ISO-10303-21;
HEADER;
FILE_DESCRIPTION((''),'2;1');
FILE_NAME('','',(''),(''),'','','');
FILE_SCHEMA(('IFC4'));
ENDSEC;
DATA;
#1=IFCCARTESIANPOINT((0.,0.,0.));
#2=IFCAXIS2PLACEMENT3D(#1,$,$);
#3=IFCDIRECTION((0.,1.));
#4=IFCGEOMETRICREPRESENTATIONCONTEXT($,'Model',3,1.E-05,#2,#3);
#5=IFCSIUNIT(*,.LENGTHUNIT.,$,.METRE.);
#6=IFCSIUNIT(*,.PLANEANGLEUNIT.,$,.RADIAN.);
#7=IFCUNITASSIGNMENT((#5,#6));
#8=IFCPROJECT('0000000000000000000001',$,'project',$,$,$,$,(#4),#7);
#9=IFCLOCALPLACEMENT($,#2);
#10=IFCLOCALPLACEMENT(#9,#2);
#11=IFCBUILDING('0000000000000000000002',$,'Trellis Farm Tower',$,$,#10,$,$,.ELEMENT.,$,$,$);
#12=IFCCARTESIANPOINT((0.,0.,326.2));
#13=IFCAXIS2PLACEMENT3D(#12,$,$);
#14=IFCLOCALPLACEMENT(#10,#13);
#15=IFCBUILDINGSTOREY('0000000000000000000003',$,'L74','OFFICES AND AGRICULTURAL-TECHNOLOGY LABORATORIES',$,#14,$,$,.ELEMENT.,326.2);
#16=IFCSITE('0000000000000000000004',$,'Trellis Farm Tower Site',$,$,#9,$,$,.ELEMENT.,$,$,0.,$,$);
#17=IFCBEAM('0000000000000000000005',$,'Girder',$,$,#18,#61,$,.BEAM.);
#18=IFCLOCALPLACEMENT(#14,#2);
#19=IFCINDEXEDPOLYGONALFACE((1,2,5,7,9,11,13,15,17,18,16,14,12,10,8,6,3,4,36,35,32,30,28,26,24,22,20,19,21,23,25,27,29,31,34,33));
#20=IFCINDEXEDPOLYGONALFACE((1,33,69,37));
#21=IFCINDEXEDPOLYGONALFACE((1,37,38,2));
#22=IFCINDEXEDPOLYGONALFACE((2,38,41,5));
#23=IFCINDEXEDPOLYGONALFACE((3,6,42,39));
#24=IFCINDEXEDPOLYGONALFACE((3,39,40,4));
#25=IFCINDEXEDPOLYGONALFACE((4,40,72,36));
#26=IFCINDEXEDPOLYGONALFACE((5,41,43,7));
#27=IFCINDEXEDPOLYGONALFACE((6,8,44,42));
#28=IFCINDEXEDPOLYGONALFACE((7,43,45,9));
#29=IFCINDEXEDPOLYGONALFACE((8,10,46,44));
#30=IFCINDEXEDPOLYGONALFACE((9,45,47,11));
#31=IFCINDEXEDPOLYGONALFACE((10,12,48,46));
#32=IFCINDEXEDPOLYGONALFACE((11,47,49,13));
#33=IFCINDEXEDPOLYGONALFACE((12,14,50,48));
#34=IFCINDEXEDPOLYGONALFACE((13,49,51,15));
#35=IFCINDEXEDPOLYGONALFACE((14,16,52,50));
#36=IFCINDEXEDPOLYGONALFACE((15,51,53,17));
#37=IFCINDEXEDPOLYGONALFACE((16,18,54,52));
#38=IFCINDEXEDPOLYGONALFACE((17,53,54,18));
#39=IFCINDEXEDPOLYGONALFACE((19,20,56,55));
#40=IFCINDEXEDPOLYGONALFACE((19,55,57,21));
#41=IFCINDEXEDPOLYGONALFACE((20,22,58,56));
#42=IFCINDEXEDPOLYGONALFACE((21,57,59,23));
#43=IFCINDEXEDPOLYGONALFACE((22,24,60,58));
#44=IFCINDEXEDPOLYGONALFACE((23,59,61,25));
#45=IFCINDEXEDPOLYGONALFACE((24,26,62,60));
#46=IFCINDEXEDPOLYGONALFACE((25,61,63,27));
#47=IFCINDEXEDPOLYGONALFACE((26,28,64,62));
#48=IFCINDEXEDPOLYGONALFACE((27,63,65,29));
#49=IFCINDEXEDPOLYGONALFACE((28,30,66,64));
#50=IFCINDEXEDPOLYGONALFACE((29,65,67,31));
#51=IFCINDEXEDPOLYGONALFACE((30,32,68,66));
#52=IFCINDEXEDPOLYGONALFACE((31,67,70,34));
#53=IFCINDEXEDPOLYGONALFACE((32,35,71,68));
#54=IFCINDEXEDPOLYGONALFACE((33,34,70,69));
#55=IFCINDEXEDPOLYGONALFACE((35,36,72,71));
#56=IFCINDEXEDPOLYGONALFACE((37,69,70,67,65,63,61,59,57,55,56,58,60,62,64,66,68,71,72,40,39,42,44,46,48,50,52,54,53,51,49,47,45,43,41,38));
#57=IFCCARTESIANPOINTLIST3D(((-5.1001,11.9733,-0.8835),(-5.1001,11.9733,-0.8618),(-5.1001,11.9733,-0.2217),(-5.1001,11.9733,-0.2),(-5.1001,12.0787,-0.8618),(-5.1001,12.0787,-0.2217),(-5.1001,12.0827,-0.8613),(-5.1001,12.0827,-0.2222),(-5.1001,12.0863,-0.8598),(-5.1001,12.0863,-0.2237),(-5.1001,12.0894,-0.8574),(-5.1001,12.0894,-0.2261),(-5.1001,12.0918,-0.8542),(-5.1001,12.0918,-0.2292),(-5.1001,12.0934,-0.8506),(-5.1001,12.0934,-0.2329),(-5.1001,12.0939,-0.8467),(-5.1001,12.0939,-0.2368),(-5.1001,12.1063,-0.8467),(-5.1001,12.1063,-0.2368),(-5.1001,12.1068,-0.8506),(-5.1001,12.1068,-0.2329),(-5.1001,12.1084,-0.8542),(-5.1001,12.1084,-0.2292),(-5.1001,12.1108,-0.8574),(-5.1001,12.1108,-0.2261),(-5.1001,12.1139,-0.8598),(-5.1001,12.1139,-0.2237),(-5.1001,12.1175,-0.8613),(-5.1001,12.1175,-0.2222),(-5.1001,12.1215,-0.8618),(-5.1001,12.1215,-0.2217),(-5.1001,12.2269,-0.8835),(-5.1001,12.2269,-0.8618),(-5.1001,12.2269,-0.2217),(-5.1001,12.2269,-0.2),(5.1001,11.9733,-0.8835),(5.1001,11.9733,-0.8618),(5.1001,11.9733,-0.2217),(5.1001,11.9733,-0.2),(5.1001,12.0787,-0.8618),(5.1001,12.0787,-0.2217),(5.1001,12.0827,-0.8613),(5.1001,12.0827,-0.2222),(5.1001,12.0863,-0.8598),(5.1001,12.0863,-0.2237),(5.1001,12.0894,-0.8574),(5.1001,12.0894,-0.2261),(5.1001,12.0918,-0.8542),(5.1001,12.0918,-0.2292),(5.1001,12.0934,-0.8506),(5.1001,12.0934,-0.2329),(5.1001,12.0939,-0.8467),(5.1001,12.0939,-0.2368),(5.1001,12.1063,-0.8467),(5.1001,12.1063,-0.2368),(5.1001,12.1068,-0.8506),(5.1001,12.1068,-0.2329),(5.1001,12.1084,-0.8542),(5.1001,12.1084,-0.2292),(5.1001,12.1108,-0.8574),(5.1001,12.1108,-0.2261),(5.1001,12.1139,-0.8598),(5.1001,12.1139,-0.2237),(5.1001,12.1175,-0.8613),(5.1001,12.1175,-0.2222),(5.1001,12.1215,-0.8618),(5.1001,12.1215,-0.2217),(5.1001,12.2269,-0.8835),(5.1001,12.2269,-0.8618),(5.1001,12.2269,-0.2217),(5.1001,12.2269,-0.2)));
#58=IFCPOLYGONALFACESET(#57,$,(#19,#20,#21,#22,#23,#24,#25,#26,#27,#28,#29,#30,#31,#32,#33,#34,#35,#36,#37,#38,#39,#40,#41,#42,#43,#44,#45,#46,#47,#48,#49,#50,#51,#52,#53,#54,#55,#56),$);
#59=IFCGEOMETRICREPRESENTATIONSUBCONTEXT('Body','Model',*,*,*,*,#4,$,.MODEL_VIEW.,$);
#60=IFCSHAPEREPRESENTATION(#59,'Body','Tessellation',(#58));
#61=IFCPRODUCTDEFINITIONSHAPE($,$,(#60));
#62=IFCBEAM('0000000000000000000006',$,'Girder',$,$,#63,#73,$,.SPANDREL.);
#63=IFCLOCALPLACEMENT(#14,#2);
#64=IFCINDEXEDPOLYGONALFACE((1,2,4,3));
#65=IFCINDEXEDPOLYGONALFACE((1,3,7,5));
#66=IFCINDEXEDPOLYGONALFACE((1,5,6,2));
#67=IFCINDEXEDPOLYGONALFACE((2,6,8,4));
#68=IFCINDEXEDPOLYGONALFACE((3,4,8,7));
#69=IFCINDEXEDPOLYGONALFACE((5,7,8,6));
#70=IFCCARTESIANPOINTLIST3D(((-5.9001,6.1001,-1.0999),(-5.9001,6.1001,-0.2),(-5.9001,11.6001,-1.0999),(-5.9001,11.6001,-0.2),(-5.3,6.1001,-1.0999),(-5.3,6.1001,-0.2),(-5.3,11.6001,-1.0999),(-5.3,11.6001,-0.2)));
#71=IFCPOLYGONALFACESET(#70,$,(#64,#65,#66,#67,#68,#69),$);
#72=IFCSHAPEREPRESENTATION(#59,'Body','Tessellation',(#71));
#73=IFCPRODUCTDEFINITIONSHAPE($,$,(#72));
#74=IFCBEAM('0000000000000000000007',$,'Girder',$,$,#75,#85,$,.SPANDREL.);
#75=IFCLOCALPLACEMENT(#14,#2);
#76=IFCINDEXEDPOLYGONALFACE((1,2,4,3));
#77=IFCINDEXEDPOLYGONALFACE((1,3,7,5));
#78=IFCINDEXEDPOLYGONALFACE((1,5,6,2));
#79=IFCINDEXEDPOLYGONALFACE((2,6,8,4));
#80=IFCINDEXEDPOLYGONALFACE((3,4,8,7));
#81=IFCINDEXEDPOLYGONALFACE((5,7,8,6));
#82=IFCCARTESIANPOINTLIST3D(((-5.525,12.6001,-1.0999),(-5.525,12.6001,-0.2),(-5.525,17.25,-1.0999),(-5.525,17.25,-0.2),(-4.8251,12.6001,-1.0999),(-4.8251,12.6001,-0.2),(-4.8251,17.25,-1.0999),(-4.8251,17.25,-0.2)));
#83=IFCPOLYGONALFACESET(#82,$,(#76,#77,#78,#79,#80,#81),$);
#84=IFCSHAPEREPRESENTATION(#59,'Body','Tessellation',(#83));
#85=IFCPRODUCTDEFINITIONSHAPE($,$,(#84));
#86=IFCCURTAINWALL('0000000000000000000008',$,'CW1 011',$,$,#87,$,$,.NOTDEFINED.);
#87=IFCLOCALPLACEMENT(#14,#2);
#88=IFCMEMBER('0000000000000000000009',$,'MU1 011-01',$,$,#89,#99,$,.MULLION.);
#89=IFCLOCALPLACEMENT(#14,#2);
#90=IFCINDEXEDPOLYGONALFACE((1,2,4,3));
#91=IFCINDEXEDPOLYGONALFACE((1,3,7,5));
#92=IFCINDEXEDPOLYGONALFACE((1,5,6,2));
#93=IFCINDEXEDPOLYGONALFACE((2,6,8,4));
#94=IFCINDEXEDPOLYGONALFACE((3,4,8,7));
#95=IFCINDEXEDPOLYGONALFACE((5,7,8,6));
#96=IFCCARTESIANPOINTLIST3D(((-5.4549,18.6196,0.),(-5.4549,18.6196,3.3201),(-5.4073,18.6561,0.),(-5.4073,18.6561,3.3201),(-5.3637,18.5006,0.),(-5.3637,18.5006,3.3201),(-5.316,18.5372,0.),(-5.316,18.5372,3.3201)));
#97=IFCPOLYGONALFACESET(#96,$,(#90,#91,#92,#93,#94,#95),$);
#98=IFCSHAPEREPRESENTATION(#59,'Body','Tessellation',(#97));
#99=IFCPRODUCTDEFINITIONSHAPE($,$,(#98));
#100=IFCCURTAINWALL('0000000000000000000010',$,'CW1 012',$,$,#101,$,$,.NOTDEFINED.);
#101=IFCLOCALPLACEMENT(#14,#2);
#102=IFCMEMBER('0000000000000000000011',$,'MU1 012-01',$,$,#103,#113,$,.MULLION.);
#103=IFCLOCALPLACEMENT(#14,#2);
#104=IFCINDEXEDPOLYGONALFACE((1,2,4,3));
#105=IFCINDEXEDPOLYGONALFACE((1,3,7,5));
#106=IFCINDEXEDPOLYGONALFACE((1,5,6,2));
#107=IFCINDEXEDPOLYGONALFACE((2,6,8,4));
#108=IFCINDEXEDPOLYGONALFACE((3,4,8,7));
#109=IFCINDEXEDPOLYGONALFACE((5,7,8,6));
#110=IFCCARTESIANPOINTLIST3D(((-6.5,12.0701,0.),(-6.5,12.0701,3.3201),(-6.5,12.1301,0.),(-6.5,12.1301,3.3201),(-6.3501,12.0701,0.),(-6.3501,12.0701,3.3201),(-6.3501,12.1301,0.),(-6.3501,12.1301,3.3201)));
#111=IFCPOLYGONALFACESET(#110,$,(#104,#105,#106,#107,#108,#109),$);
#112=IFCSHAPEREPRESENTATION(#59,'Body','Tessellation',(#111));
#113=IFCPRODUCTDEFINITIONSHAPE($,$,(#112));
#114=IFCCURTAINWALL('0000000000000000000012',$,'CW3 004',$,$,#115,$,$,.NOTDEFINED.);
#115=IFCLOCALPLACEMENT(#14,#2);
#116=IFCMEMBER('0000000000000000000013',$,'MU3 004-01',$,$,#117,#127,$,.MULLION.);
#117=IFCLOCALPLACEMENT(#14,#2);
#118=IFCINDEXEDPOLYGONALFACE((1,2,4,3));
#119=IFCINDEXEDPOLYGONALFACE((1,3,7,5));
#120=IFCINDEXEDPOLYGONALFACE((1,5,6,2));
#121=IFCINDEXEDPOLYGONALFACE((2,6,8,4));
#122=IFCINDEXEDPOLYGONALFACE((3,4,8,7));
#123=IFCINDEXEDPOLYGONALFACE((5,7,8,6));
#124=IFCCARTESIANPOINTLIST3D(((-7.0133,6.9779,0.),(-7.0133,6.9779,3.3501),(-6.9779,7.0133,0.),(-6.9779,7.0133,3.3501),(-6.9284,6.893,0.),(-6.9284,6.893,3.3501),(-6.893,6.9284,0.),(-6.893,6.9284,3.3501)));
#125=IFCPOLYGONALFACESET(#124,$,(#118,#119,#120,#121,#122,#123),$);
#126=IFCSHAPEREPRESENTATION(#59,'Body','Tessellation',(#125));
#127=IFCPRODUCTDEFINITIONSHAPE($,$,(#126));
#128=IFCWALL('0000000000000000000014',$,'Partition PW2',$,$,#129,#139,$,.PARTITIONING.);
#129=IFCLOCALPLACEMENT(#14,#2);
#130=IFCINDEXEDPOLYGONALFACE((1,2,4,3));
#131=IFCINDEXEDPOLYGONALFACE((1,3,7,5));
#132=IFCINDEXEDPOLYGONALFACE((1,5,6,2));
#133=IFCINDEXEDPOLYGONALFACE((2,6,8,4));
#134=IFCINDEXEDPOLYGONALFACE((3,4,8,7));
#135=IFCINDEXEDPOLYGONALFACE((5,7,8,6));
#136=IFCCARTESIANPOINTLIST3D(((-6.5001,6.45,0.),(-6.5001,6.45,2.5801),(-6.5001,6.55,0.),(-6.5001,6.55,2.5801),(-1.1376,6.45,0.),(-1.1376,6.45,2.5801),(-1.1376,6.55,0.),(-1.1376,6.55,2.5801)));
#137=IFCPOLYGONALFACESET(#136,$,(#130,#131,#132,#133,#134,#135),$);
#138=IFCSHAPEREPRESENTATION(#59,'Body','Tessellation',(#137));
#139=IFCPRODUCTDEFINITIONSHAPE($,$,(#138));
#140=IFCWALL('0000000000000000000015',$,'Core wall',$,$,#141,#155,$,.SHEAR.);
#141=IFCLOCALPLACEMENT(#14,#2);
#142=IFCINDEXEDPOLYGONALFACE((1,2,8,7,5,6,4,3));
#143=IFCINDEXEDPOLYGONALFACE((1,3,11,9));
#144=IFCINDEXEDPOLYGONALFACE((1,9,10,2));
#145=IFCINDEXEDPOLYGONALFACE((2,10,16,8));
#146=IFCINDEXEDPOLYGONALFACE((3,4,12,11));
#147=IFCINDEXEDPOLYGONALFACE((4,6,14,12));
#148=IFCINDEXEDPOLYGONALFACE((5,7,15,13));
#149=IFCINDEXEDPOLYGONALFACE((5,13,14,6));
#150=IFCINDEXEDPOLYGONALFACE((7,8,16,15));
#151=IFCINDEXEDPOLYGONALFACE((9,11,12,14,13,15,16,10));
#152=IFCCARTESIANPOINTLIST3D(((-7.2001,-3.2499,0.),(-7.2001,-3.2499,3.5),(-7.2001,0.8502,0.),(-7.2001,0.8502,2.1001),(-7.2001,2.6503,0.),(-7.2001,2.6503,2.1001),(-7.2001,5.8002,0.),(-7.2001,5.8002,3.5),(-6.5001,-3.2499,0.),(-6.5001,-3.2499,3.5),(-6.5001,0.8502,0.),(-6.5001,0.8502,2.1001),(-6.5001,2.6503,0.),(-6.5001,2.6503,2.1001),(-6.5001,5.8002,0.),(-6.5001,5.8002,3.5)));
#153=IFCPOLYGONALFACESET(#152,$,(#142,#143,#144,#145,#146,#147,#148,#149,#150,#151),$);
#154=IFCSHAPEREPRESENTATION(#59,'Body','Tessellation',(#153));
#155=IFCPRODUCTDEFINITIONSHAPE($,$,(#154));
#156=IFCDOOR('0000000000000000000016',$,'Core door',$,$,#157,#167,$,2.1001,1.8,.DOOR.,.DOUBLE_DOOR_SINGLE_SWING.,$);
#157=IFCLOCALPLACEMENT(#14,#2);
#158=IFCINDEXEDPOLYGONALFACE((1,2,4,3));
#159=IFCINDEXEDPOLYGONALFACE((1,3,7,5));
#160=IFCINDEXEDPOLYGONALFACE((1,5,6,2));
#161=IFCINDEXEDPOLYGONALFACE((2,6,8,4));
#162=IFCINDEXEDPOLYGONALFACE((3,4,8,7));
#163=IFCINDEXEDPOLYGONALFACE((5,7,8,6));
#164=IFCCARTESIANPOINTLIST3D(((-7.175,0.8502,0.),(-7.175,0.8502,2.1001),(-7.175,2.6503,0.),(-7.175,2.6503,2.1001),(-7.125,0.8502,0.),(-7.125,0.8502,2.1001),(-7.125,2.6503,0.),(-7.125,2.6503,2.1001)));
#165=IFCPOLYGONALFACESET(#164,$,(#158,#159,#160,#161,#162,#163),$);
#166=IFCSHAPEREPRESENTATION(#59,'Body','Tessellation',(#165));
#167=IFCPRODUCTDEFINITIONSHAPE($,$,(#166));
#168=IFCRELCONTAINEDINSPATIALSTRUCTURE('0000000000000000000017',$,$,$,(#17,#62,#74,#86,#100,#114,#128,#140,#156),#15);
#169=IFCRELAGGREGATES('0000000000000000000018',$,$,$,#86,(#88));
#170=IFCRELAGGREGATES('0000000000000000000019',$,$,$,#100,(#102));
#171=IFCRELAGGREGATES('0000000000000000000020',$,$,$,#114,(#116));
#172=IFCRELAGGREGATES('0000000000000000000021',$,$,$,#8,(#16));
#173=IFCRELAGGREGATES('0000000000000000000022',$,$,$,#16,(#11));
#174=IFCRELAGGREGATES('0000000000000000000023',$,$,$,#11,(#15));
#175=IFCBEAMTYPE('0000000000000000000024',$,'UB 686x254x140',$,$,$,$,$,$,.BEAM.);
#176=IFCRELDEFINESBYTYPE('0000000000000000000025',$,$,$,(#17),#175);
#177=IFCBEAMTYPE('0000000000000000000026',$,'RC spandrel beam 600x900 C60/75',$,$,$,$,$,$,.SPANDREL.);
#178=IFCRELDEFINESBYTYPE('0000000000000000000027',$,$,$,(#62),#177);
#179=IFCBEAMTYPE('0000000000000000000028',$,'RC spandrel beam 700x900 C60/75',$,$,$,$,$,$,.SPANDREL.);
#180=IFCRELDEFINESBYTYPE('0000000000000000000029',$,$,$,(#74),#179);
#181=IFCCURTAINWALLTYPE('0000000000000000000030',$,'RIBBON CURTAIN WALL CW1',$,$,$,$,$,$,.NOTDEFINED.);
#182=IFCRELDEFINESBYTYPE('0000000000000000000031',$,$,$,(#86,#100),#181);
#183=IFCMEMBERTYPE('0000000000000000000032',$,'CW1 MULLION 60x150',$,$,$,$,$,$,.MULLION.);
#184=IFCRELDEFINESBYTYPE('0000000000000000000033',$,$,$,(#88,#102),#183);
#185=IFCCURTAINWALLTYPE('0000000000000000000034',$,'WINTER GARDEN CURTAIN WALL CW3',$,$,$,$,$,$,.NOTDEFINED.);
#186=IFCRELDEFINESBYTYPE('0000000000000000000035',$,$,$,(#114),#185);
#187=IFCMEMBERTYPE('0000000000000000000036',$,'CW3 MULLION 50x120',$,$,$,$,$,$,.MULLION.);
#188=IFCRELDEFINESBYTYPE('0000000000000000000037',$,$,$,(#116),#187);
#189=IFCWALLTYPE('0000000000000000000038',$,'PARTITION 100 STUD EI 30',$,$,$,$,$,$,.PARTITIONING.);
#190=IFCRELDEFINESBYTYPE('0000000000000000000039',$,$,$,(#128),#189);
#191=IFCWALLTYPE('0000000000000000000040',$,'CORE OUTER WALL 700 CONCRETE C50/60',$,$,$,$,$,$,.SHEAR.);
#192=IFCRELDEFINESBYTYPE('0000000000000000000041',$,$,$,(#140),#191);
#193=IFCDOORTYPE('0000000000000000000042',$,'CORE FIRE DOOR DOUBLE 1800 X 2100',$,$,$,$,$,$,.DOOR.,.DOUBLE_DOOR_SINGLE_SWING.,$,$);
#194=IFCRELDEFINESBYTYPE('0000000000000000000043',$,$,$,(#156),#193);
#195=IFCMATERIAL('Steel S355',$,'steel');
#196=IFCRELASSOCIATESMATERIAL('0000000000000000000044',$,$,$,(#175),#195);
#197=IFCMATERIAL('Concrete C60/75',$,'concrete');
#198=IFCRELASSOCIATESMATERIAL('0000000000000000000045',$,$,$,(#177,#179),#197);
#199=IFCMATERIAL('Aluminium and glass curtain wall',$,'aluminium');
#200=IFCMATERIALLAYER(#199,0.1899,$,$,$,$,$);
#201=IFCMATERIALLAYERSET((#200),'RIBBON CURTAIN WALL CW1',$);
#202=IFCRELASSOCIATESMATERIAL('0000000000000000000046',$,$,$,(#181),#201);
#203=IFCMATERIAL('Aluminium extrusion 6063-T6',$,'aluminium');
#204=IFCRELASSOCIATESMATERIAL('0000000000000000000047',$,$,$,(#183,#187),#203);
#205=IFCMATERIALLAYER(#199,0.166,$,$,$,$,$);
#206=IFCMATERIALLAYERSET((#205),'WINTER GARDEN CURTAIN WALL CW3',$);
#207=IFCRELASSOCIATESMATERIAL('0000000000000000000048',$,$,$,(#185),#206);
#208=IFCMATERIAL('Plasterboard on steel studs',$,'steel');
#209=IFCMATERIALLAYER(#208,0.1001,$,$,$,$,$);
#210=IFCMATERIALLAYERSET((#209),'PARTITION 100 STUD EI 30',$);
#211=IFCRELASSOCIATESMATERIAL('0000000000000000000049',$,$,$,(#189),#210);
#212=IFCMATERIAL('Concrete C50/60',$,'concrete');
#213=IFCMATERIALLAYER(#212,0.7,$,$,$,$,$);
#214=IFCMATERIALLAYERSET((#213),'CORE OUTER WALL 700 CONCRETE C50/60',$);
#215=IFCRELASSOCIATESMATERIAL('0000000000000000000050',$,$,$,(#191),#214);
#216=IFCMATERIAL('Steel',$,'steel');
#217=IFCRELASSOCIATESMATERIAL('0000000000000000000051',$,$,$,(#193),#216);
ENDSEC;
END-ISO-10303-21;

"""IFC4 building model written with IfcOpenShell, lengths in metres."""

from ifc_helpers import new_model, si_unit, direction, frame, frame_2d, origin, origin_2d, place, context, subcontext, project, spatial, rectangle, i_section, extrude, source, transform, mapped, material, layer, layer_set, material_profile, profile_set, type_object, element, fill, aggregate, save


model = new_model("IFC4")

# Units and contexts
model_context = context("Model", 3, precision=1e-05, world=origin(), true_north=direction((0.0, 1.0)))
body_context = subcontext(model_context, "Body", "Model", "MODEL_VIEW")
ifc_project = project(units=[si_unit("LENGTHUNIT", "METRE"), si_unit("PLANEANGLEUNIT", "RADIAN")], contexts=[model_context])

# Site, building, storey
site_placement = place(None, origin())
site = spatial("IfcSite", under=ifc_project, at=site_placement, Name="Trellis Farm Tower Site", CompositionType="ELEMENT", RefElevation=0.0)
building_placement = place(site_placement, origin())
building = spatial("IfcBuilding", under=site, at=building_placement, Name="Trellis Farm Tower", CompositionType="ELEMENT")
storey_placement = place(building_placement, frame((0.0, 0.0, 326.2)))
storey = spatial("IfcBuildingStorey", under=building, at=storey_placement, Name="L74", Description="OFFICES AND AGRICULTURAL-TECHNOLOGY LABORATORIES", CompositionType="ELEMENT", Elevation=326.2)

# Shared definitions
ifc_material_1 = material(Name="Concrete C60/75", Category="concrete")

# Beams
ifc_material_2 = material(Name="Steel S355", Category="steel")
ifc_material_profile_1 = material_profile(ifc_material_2, i_section(OverallWidth=0.2537, OverallDepth=0.6836, WebThickness=0.0125, FlangeThickness=0.0217, FilletRadius=0.0151, at=origin_2d()), Name="UB 686x254x140")
ifc_profile_set_1 = profile_set([ifc_material_profile_1], Name="Steel S355")
beam_type_1 = type_object("IfcBeamType", Name="UB 686x254x140", PredefinedType="BEAM", material=ifc_profile_set_1)
shared_shape_1 = source(origin(), body_context, "Body", "SweptSolid", [
    extrude(i_section(OverallWidth=0.2537, OverallDepth=0.6836, WebThickness=0.0125, FlangeThickness=0.0217, FilletRadius=0.0151, at=origin_2d()), origin(), (0.0, 0.0, 1.0), 10.2002),
])
for number, where, z_axis, x_axis, name in (
    (1, (-5.1001, 12.1001, -0.5417), (1.0, 0.0, 0.0), (0.0, 1.0, 0.0), "Girder"),
):
    element("IfcBeam", number, at=place(storey_placement, frame(where, z_axis=z_axis, x_axis=x_axis)), inside=storey, type_object=beam_type_1, Name=name, PredefinedType="BEAM", context=body_context, shape_type="MappedRepresentation", body=[
        mapped(shared_shape_1, transform((0.0, 0.0, 0.0))),
    ])
ifc_material_profile_2 = material_profile(ifc_material_1, rectangle(XDim=0.6001, YDim=0.8999, at=origin_2d()), Name="RC spandrel beam 600x900 C60/75")
ifc_profile_set_2 = profile_set([ifc_material_profile_2], Name="Concrete C60/75")
beam_type_2 = type_object("IfcBeamType", Name="RC spandrel beam 600x900 C60/75", PredefinedType="SPANDREL", material=ifc_profile_set_2)
shared_shape_2 = source(origin(), body_context, "Body", "SweptSolid", [
    extrude(rectangle(XDim=0.6001, YDim=0.8999, at=origin_2d()), origin(), (0.0, 0.0, 1.0), 5.5),
])
beam_1_placement = place(storey_placement, frame((-5.6001, 6.1001, -0.6499), z_axis=(0.0, 1.0, 0.0), x_axis=(-1.0, 0.0, 0.0)))
element("IfcBeam", 2, at=beam_1_placement, inside=storey, type_object=beam_type_2, Name="Girder", PredefinedType="SPANDREL", context=body_context, shape_type="MappedRepresentation", body=[
    mapped(shared_shape_2, transform((0.0, 0.0, 0.0))),
])
ifc_material_profile_3 = material_profile(ifc_material_1, rectangle(XDim=0.7, YDim=0.8999, at=origin_2d()), Name="RC spandrel beam 700x900 C60/75")
ifc_profile_set_3 = profile_set([ifc_material_profile_3], Name="Concrete C60/75")
beam_type_3 = type_object("IfcBeamType", Name="RC spandrel beam 700x900 C60/75", PredefinedType="SPANDREL", material=ifc_profile_set_3)
shared_shape_3 = source(origin(), body_context, "Body", "SweptSolid", [
    extrude(rectangle(XDim=0.7, YDim=0.8999, at=origin_2d()), origin(), (0.0, 0.0, 1.0), 4.6499),
])
beam_2_placement = place(storey_placement, frame((-5.175, 12.6001, -0.6499), z_axis=(0.0, 1.0, 0.0), x_axis=(-1.0, 0.0, 0.0)))
element("IfcBeam", 3, at=beam_2_placement, inside=storey, type_object=beam_type_3, Name="Girder", PredefinedType="SPANDREL", context=body_context, shape_type="MappedRepresentation", body=[
    mapped(shared_shape_3, transform((0.0, 0.0, 0.0))),
])

# Curtain walls, members
ifc_material_3 = material(Name="Aluminium and glass curtain wall", Category="aluminium")
ifc_layer_1 = layer(ifc_material_3, 0.1899)
ifc_layer_set_1 = layer_set([ifc_layer_1], Name="RIBBON CURTAIN WALL CW1")
curtain_wall_type_1 = type_object("IfcCurtainWallType", Name="RIBBON CURTAIN WALL CW1", PredefinedType="NOTDEFINED", material=ifc_layer_set_1)
placement = place(storey_placement, origin())
curtain_wall_1 = element("IfcCurtainWall", 4, at=placement, inside=storey, type_object=curtain_wall_type_1, Name="CW1 011", PredefinedType="NOTDEFINED")
ifc_material_4 = material(Name="Aluminium extrusion 6063-T6", Category="aluminium")
ifc_material_profile_4 = material_profile(ifc_material_4, rectangle(XDim=0.0601, YDim=0.1499, at=origin_2d()), Name="MULLION 60x150")
ifc_profile_set_4 = profile_set([ifc_material_profile_4], Name="Aluminium extrusion 6063-T6")
member_type_1 = type_object("IfcMemberType", Name="CW1 MULLION 60x150", PredefinedType="MULLION", material=ifc_profile_set_4)
shared_shape_4 = source(origin(), body_context, "Body", "SweptSolid", [
    extrude(rectangle(XDim=0.0601, YDim=0.1499, at=origin_2d()), origin(), (0.0, 0.0, 1.0), 3.3201),
])
member_1_placement = place(storey_placement, frame((-5.3855, 18.5784, 0.0), z_axis=(0.0, 0.0, 1.0), x_axis=(-0.793353, -0.608761, 0.0)))
member_1 = element("IfcMember", 5, at=member_1_placement, type_object=member_type_1, Name="MU1 011-01", PredefinedType="MULLION", context=body_context, shape_type="MappedRepresentation", body=[
    mapped(shared_shape_4, transform((0.0, 0.0, 0.0))),
])
aggregate(curtain_wall_1, [member_1])
curtain_wall_2 = element("IfcCurtainWall", 6, at=placement, inside=storey, type_object=curtain_wall_type_1, Name="CW1 012", PredefinedType="NOTDEFINED")
member_2_placement = place(storey_placement, frame((-6.425, 12.1001, 0.0), z_axis=(0.0, 0.0, 1.0), x_axis=(0.0, -1.0, 0.0)))
member_2 = element("IfcMember", 7, at=member_2_placement, type_object=member_type_1, Name="MU1 012-01", PredefinedType="MULLION", context=body_context, shape_type="MappedRepresentation", body=[
    mapped(shared_shape_4, transform((0.0, 0.0, 0.0))),
])
aggregate(curtain_wall_2, [member_2])
ifc_layer_2 = layer(ifc_material_3, 0.166)
ifc_layer_set_2 = layer_set([ifc_layer_2], Name="WINTER GARDEN CURTAIN WALL CW3")
curtain_wall_type_2 = type_object("IfcCurtainWallType", Name="WINTER GARDEN CURTAIN WALL CW3", PredefinedType="NOTDEFINED", material=ifc_layer_set_2)
curtain_wall_3 = element("IfcCurtainWall", 8, at=placement, inside=storey, type_object=curtain_wall_type_2, Name="CW3 004", PredefinedType="NOTDEFINED")
ifc_material_profile_5 = material_profile(ifc_material_4, rectangle(XDim=0.05, YDim=0.1201, at=origin_2d()), Name="MULLION 50x120")
ifc_profile_set_5 = profile_set([ifc_material_profile_5], Name="Aluminium extrusion 6063-T6")
member_type_2 = type_object("IfcMemberType", Name="CW3 MULLION 50x120", PredefinedType="MULLION", material=ifc_profile_set_5)
shared_shape_5 = source(origin(), body_context, "Body", "SweptSolid", [
    extrude(rectangle(XDim=0.05, YDim=0.1201, at=origin_2d()), origin(), (0.0, 0.0, 1.0), 3.3501),
])
member_3_placement = place(storey_placement, frame((-6.9531, 6.9531, 0.0), z_axis=(0.0, 0.0, 1.0), x_axis=(-0.707107, -0.707107, 0.0)))
member_3 = element("IfcMember", 9, at=member_3_placement, type_object=member_type_2, Name="MU3 004-01", PredefinedType="MULLION", context=body_context, shape_type="MappedRepresentation", body=[
    mapped(shared_shape_5, transform((0.0, 0.0, 0.0))),
])
aggregate(curtain_wall_3, [member_3])

# Wall
ifc_material_5 = material(Name="Plasterboard on steel studs", Category="steel")
ifc_layer_3 = layer(ifc_material_5, 0.1001)
ifc_layer_set_3 = layer_set([ifc_layer_3], Name="PARTITION 100 STUD EI 30")
wall_type_1 = type_object("IfcWallType", Name="PARTITION 100 STUD EI 30", PredefinedType="PARTITIONING", material=ifc_layer_set_3)
wall_1_placement = place(storey_placement, frame((-6.5, 6.5, 0.0), z_axis=(0.0, 0.0, 1.0), x_axis=(1.0, 0.0, 0.0)))
element("IfcWall", 10, at=wall_1_placement, inside=storey, type_object=wall_type_1, Name="Partition PW2", PredefinedType="PARTITIONING", context=body_context, shape_type="SweptSolid", body=[
    extrude(rectangle(XDim=5.3625, YDim=0.1001, at=frame_2d((2.6812, 0.0))), origin(), (0.0, 0.0, 1.0), 2.5801),
])

# Wall, opening, door
ifc_material_6 = material(Name="Concrete C50/60", Category="concrete")
ifc_layer_4 = layer(ifc_material_6, 0.7)
ifc_layer_set_4 = layer_set([ifc_layer_4], Name="CORE OUTER WALL 700 CONCRETE C50/60")
wall_type_2 = type_object("IfcWallType", Name="CORE OUTER WALL 700 CONCRETE C50/60", PredefinedType="SHEAR", material=ifc_layer_set_4)
shared_shape_6 = source(origin(), body_context, "Body", "SweptSolid", [
    extrude(rectangle(XDim=9.05, YDim=0.7, at=frame_2d((4.5249, 0.0))), origin(), (0.0, 0.0, 1.0), 3.5),
])
wall_2_placement = place(storey_placement, frame((-6.8501, 5.8, 0.0), z_axis=(0.0, 0.0, 1.0), x_axis=(0.0, -1.0, 0.0)))
wall_2 = element("IfcWall", 11, at=wall_2_placement, inside=storey, type_object=wall_type_2, Name="Core wall", PredefinedType="SHEAR", context=body_context, shape_type="MappedRepresentation", body=[
    mapped(shared_shape_6, transform((0.0, 0.0, 0.0))),
])
shared_shape_7 = source(origin(), body_context, "Body", "SweptSolid", [
    extrude(rectangle(XDim=1.8, YDim=2.1001, at=frame_2d((0.8999, 1.05))), frame((0.0, 0.3601, 0.0), z_axis=(0.0, -1.0, 0.0), x_axis=(1.0, 0.0, 0.0)), (0.0, 0.0, 1.0), 0.7202),
])
opening_1_placement = place(wall_2_placement, frame((3.1499, 0.0, 0.0)))
opening_1 = element("IfcOpeningElement", 12, at=opening_1_placement, cuts=wall_2, PredefinedType="OPENING", context=body_context, shape_type="MappedRepresentation", body=[
    mapped(shared_shape_7, transform((0.0, 0.0, 0.0))),
])
ifc_material_7 = material(Name="Steel", Category="steel")
door_type_1 = type_object("IfcDoorType", Name="CORE FIRE DOOR DOUBLE 1800 X 2100", OperationType="DOUBLE_DOOR_SINGLE_SWING", PredefinedType="DOOR", material=ifc_material_7)
shared_shape_8 = source(origin(), body_context, "Body", "SweptSolid", [
    extrude(rectangle(XDim=1.8, YDim=2.1001, at=frame_2d((0.8999, 1.05))), frame((0.0, -0.2749, 0.0), z_axis=(0.0, -1.0, 0.0), x_axis=(1.0, 0.0, 0.0)), (0.0, 0.0, 1.0), 0.05),
])
door_1_placement = place(opening_1_placement, origin())
door_1 = element("IfcDoor", 13, at=door_1_placement, inside=storey, type_object=door_type_1, Name="Core door", OperationType="DOUBLE_DOOR_SINGLE_SWING", OverallHeight=2.1001, OverallWidth=1.8, PredefinedType="DOOR", context=body_context, shape_type="MappedRepresentation", body=[
    mapped(shared_shape_8, transform((0.0, 0.0, 0.0))),
])
fill(opening_1, door_1)

save(model, "model.ifc")
